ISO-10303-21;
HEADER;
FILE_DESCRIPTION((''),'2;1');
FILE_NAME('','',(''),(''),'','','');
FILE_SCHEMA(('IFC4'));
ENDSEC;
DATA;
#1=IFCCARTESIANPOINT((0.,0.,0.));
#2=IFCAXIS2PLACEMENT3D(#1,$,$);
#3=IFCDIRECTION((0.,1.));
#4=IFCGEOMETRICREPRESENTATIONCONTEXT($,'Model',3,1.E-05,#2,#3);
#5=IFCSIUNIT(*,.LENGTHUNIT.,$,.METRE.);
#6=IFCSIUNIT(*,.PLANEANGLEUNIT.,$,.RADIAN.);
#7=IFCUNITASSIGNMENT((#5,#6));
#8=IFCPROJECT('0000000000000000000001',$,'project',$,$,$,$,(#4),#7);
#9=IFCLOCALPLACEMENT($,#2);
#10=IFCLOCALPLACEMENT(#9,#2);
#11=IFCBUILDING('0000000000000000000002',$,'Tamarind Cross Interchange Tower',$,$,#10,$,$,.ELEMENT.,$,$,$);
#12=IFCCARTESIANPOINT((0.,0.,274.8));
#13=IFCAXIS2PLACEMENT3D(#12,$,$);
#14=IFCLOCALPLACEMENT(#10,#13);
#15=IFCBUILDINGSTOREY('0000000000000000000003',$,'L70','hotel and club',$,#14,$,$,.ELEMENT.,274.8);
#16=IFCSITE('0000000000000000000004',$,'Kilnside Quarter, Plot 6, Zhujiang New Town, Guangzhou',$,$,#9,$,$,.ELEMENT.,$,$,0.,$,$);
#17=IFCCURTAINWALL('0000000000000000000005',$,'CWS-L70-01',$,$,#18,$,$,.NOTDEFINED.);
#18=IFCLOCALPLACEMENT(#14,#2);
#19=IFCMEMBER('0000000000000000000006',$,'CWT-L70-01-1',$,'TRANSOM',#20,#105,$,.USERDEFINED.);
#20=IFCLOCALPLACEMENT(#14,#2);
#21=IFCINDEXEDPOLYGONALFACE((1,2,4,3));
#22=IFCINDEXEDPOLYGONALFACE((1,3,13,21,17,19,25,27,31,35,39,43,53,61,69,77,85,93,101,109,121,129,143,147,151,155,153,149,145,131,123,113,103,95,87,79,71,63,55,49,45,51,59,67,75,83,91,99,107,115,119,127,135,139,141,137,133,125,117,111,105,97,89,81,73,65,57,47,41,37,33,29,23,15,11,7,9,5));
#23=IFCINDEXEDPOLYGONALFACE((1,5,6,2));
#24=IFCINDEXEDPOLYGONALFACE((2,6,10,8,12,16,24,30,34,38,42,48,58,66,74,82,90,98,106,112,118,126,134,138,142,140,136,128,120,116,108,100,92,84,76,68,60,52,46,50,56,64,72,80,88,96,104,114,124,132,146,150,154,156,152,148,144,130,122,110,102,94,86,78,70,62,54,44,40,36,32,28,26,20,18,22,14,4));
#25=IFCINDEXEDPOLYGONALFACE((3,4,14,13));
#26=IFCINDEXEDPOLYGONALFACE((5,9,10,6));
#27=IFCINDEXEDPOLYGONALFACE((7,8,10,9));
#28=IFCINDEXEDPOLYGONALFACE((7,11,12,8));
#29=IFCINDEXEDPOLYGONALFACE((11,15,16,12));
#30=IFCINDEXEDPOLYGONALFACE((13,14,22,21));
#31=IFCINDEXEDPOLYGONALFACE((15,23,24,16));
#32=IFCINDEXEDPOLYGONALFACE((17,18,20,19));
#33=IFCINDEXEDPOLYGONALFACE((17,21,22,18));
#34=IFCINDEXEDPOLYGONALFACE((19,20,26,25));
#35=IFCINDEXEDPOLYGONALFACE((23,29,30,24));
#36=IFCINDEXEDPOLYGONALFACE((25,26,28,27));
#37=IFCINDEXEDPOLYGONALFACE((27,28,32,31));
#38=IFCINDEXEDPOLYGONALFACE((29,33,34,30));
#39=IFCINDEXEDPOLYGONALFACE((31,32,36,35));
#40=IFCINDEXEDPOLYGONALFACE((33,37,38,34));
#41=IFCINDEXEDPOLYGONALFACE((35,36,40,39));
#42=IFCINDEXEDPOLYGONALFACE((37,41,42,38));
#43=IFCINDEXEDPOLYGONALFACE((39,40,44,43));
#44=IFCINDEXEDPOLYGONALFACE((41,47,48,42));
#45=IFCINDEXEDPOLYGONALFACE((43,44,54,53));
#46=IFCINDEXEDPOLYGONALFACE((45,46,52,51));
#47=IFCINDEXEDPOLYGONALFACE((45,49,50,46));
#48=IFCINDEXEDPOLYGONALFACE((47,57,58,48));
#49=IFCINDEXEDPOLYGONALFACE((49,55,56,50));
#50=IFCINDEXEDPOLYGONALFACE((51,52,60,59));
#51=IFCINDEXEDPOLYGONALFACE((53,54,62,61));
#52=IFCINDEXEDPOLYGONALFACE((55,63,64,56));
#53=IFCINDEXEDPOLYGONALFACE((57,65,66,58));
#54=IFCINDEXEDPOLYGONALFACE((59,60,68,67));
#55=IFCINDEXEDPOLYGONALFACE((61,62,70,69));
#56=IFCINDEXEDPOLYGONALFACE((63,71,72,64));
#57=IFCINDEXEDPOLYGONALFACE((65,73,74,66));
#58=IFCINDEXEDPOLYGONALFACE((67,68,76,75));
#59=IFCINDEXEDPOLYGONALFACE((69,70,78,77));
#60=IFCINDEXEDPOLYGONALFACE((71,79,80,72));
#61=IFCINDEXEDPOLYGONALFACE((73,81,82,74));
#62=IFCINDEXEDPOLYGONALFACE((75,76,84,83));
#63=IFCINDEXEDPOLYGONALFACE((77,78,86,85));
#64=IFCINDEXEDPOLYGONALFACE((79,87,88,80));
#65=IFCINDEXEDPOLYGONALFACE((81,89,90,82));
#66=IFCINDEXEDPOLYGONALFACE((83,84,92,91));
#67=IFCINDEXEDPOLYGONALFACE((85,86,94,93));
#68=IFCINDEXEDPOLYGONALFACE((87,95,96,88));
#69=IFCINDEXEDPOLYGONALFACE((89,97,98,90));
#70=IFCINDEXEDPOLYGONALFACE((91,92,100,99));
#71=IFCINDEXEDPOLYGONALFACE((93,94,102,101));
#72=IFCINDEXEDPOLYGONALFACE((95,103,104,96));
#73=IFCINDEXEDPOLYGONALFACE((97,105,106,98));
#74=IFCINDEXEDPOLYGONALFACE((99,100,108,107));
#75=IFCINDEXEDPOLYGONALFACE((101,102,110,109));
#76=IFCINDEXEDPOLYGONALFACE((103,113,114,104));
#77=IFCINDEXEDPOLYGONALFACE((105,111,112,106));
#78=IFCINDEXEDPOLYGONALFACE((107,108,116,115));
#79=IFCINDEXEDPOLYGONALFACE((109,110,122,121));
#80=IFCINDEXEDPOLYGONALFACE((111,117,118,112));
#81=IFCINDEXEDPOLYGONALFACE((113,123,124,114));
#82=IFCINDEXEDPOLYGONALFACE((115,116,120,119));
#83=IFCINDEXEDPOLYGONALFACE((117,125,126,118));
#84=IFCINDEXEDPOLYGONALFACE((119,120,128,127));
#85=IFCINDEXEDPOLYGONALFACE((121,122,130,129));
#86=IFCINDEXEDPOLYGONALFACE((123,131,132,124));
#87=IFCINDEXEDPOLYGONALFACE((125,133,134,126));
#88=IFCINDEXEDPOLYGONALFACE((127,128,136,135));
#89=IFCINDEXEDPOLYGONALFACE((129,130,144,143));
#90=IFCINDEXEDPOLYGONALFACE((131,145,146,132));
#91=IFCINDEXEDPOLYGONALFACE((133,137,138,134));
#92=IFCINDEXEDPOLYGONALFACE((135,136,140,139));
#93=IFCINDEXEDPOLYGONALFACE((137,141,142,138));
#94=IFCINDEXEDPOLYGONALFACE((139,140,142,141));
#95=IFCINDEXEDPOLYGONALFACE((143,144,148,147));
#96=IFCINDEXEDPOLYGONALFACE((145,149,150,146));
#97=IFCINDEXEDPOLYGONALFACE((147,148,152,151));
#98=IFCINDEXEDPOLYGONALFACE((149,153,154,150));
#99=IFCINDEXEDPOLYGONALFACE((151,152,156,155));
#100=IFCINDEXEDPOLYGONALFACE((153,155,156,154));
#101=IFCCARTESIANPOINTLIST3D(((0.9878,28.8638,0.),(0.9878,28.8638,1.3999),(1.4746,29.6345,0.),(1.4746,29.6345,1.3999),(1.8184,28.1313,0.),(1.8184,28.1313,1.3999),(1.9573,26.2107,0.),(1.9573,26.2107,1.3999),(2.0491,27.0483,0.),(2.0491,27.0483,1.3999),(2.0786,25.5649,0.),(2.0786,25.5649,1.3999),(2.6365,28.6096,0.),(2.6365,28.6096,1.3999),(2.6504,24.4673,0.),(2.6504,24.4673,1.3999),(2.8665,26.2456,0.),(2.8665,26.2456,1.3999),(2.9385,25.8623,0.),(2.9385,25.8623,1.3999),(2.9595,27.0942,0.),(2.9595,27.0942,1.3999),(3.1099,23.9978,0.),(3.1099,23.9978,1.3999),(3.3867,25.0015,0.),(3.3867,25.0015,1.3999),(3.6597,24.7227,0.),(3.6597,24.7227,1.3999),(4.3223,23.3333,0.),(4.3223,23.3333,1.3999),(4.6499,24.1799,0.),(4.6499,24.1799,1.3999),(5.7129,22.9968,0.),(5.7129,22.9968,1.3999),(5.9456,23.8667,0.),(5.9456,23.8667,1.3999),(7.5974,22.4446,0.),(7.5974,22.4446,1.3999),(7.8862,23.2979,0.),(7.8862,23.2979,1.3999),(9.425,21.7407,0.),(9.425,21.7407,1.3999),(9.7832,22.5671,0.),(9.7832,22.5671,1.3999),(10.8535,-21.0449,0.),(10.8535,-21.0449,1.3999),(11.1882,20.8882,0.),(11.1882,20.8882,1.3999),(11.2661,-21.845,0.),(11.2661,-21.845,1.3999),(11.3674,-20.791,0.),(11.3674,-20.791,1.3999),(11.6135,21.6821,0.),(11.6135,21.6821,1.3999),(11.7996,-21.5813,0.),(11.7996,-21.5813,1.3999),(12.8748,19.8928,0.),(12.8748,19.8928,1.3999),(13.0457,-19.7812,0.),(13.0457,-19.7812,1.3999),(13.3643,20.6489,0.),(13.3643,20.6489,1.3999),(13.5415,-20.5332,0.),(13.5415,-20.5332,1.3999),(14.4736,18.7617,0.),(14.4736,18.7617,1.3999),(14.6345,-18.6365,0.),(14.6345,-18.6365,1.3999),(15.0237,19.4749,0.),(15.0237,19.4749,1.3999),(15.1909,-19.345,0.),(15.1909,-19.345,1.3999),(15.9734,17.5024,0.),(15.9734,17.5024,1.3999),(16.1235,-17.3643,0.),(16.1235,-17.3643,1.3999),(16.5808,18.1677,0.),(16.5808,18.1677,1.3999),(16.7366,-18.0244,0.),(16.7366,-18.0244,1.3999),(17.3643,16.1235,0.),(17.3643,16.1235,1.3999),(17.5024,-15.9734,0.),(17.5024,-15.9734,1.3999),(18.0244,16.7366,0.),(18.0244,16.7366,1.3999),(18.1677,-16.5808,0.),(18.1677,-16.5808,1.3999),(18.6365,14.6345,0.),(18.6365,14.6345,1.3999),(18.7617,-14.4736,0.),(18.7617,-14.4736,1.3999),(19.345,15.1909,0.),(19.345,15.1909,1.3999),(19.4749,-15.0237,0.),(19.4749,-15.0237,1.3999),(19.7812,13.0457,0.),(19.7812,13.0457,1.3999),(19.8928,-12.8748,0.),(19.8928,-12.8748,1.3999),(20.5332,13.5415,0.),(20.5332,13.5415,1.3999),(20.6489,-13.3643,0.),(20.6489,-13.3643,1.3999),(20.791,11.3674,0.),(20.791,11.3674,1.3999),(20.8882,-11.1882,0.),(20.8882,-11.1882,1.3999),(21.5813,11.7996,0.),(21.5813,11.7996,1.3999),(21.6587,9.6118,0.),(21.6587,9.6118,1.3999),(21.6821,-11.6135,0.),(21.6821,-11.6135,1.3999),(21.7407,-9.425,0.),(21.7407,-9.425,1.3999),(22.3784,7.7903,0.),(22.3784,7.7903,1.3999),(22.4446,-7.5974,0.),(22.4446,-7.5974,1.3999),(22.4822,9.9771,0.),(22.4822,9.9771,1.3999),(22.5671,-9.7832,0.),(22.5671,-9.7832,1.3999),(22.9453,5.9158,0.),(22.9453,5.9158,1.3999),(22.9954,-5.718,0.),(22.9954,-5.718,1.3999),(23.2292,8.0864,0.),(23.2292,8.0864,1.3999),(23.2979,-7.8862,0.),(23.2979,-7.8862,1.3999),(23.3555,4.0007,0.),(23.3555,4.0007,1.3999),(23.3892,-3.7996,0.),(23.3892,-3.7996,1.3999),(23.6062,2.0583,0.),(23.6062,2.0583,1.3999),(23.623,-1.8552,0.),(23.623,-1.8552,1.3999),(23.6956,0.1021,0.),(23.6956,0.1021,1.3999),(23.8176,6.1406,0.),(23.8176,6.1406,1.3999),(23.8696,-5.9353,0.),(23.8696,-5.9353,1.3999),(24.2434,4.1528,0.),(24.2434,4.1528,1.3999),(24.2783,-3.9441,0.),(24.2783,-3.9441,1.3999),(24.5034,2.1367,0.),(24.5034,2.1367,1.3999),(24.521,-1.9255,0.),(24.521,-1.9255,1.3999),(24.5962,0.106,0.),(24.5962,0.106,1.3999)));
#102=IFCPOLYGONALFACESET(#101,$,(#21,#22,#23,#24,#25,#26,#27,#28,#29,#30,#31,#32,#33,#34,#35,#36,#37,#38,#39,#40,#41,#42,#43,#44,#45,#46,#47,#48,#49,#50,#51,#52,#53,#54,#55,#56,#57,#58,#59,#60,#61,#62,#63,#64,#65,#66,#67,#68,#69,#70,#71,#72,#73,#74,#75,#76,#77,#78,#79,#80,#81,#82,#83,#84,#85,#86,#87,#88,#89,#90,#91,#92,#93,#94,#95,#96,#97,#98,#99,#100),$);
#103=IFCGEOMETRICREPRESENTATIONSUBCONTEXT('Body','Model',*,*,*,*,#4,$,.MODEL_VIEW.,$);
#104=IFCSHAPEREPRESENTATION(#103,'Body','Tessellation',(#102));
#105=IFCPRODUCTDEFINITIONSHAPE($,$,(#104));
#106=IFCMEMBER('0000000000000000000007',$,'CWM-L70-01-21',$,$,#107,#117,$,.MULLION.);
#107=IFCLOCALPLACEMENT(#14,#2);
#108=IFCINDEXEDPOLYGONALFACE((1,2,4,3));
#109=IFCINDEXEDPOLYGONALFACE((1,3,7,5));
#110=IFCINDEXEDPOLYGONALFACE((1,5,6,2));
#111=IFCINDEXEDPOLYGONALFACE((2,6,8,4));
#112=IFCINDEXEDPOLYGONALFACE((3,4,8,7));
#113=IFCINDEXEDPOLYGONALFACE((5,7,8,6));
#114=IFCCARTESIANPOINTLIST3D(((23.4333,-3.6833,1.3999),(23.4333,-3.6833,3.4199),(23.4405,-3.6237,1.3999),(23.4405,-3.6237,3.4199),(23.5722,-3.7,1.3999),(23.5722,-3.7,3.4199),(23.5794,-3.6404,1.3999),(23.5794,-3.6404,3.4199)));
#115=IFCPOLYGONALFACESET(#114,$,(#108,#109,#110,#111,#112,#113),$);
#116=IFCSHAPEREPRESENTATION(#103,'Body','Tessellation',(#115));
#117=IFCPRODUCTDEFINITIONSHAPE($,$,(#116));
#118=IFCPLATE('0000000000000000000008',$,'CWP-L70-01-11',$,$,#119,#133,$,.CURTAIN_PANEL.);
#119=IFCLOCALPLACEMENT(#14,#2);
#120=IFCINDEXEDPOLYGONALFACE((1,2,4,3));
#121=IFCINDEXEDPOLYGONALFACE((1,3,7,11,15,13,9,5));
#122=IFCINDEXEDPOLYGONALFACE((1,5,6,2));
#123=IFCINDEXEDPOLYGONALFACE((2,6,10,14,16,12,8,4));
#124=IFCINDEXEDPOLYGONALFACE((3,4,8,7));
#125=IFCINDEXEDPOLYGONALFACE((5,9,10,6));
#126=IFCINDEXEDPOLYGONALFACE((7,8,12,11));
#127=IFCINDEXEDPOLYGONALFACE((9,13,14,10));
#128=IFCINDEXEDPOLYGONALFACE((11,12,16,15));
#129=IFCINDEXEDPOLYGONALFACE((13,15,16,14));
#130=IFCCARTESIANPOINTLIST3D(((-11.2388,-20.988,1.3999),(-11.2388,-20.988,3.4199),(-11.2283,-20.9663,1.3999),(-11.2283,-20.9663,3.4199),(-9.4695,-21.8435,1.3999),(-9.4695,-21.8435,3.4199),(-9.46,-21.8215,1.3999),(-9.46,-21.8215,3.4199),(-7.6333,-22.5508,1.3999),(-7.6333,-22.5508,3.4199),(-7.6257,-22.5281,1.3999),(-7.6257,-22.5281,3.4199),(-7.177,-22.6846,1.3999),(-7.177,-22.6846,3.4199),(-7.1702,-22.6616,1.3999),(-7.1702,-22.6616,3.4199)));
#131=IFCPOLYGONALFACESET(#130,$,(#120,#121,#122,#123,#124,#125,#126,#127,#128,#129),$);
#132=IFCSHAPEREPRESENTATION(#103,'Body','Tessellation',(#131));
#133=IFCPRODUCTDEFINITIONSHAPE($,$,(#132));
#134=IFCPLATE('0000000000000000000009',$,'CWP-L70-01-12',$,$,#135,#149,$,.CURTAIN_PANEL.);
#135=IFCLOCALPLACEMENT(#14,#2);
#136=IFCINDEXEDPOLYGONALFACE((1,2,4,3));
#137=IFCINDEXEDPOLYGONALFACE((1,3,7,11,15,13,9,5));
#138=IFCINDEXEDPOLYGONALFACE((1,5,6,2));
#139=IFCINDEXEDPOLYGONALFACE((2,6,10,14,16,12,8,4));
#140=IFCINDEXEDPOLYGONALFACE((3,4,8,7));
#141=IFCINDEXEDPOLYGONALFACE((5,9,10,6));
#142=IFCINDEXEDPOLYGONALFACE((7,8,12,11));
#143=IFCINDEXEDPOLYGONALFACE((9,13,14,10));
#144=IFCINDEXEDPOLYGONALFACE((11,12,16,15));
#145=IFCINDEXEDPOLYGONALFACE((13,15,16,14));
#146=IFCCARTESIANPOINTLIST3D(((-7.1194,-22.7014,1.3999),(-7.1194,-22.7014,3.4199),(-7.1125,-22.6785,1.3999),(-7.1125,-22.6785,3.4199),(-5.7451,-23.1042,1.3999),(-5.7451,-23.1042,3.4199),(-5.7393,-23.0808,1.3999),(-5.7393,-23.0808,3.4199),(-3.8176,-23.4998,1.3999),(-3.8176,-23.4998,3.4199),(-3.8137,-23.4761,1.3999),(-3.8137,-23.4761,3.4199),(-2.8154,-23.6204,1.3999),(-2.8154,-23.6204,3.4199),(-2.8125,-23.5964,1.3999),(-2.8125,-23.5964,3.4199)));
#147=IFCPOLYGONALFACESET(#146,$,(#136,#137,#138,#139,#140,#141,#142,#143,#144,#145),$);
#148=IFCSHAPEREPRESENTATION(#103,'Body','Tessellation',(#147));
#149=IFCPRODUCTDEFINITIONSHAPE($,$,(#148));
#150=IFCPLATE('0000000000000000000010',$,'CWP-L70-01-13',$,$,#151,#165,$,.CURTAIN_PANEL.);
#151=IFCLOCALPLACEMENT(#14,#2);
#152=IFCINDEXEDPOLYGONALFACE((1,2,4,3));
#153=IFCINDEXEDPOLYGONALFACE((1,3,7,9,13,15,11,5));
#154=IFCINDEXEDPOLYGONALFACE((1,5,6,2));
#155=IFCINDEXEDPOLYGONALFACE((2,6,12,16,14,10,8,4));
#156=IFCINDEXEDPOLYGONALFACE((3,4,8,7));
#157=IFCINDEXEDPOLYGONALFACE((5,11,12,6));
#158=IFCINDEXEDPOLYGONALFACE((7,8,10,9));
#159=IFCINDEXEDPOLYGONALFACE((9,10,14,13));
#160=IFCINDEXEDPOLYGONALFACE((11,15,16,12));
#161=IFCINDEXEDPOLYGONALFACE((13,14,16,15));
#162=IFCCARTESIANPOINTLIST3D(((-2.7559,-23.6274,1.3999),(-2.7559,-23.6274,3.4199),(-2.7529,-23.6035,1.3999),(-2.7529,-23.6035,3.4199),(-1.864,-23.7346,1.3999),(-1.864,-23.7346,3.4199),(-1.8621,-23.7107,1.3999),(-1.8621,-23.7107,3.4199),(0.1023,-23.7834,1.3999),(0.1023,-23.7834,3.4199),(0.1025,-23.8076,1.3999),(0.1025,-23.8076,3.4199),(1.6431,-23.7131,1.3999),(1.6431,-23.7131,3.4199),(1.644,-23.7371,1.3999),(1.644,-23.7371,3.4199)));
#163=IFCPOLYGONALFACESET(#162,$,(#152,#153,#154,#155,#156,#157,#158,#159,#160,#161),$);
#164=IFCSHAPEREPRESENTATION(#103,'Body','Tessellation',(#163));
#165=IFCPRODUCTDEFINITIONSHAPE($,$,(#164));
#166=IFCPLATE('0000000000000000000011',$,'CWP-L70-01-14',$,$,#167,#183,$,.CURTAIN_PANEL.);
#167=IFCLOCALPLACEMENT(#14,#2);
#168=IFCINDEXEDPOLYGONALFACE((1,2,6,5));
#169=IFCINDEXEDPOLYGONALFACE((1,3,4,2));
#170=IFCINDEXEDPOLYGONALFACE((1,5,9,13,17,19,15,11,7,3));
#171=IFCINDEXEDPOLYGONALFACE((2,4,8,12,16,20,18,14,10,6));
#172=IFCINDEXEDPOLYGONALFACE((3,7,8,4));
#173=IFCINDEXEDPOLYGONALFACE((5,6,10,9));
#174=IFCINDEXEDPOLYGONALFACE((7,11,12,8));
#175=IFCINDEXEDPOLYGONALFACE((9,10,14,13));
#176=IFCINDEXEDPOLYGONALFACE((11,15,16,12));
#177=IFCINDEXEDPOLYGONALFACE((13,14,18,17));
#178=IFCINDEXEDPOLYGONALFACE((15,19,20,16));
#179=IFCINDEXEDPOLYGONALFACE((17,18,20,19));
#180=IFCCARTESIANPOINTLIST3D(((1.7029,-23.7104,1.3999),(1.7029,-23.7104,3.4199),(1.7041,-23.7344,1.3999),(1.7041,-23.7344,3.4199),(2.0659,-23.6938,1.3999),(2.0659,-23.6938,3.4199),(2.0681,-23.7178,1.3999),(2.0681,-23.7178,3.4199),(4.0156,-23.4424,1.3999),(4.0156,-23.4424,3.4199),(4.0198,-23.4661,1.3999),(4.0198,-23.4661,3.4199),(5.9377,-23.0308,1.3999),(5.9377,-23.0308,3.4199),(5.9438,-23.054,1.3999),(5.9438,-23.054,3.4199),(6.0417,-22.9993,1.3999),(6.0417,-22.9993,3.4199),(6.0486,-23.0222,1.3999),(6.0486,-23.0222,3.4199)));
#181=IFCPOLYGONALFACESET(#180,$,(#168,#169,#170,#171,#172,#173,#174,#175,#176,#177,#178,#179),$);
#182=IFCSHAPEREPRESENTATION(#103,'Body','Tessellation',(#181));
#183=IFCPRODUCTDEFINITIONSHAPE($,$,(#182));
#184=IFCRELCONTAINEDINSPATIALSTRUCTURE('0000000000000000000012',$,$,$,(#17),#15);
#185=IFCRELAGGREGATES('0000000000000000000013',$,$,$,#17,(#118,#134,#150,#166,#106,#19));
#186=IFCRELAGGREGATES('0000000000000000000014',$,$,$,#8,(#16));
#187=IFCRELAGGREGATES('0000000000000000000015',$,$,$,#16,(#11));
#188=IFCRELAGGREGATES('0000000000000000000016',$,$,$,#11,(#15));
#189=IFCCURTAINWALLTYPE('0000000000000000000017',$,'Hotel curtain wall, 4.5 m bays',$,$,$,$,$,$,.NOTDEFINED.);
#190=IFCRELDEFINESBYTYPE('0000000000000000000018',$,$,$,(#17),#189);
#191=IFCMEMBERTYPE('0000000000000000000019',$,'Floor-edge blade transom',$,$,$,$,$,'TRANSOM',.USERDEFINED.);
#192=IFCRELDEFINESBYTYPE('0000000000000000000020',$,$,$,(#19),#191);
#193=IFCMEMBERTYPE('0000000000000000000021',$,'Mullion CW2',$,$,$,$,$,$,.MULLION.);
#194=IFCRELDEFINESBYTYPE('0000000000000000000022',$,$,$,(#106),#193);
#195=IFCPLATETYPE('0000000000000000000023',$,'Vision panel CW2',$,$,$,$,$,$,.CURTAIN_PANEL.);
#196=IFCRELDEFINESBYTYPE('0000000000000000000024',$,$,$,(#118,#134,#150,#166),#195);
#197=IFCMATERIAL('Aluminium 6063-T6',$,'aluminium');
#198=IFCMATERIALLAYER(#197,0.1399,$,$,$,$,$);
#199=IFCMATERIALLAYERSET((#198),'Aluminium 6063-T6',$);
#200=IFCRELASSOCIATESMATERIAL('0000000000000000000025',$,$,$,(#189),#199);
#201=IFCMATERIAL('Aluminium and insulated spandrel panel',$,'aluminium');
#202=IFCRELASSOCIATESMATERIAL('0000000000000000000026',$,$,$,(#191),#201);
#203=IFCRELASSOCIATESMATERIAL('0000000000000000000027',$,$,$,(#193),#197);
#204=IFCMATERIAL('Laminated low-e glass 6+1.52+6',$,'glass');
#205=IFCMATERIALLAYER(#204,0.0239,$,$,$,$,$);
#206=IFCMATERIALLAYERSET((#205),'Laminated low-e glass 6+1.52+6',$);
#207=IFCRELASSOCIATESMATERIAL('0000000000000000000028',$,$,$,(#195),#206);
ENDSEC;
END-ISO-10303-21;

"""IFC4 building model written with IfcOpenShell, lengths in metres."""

from ifc_helpers import new_model, si_unit, direction, frame, origin, origin_2d, place, context, subcontext, project, spatial, polyline, rectangle, outline, extrude, material, layer, layer_set, material_profile, profile_set, type_object, element, aggregate, save


model = new_model("IFC4")

# Units and contexts
model_context = context("Model", 3, precision=1e-05, world=origin(), true_north=direction((0.0, 1.0)))
body_context = subcontext(model_context, "Body", "Model", "MODEL_VIEW")
ifc_project = project(units=[si_unit("LENGTHUNIT", "METRE"), si_unit("PLANEANGLEUNIT", "RADIAN")], contexts=[model_context])

# Site, building, storey
site_placement = place(None, origin())
site = spatial("IfcSite", under=ifc_project, at=site_placement, Name="Kilnside Quarter, Plot 6, Zhujiang New Town, Guangzhou", CompositionType="ELEMENT", RefElevation=0.0)
building_placement = place(site_placement, origin())
building = spatial("IfcBuilding", under=site, at=building_placement, Name="Tamarind Cross Interchange Tower", CompositionType="ELEMENT")
storey_placement = place(building_placement, frame((0.0, 0.0, 274.8)))
storey = spatial("IfcBuildingStorey", under=building, at=storey_placement, Name="L70", Description="hotel and club", CompositionType="ELEMENT", Elevation=274.8)

# Curtain wall, members, plates
ifc_material_1 = material(Name="Aluminium 6063-T6", Category="aluminium")
ifc_layer_1 = layer(ifc_material_1, 0.1399)
ifc_layer_set_1 = layer_set([ifc_layer_1], Name="Aluminium 6063-T6")
curtain_wall_type = type_object("IfcCurtainWallType", Name="Hotel curtain wall, 4.5 m bays", PredefinedType="NOTDEFINED", material=ifc_layer_set_1)
curtain_wall_placement = place(storey_placement, origin())
curtain_wall = element("IfcCurtainWall", 1, at=curtain_wall_placement, inside=storey, type_object=curtain_wall_type, Name="CWS-L70-01", PredefinedType="NOTDEFINED")
ifc_material_2 = material(Name="Aluminium and insulated spandrel panel", Category="aluminium")
member_type_1 = type_object("IfcMemberType", Name="Floor-edge blade transom", ElementType="TRANSOM", PredefinedType="USERDEFINED", material=ifc_material_2)
member_1_placement = place(storey_placement, origin())
member_1 = element("IfcMember", 2, at=member_1_placement, type_object=member_type_1, Name="CWT-L70-01-1", ObjectType="TRANSOM", PredefinedType="USERDEFINED", context=body_context, shape_type="SweptSolid", body=[
    extrude(outline(polyline([(10.8535, -21.0449), (11.3674, -20.791), (13.0457, -19.7812), (14.6345, -18.6365), (16.1235, -17.3643), (17.5024, -15.9734), (18.7617, -14.4736), (19.8928, -12.8748), (20.8882, -11.1882), (21.7407, -9.425), (22.4446, -7.5974), (22.9954, -5.718), (23.3892, -3.7996), (23.623, -1.8552), (23.6956, 0.1021), (23.6062, 2.0583), (23.3555, 4.0007), (22.9453, 5.9158), (22.3784, 7.7903), (21.6587, 9.6118), (20.791, 11.3674), (19.7812, 13.0457), (18.6365, 14.6345), (17.3643, 16.1235), (15.9734, 17.5024), (14.4736, 18.7617), (12.8748, 19.8928), (11.1882, 20.8882), (9.425, 21.7407), (7.5974, 22.4446), (5.7129, 22.9968), (4.3223, 23.3333), (3.1099, 23.9978), (2.6504, 24.4673), (2.0786, 25.5649), (1.9573, 26.2107), (2.0491, 27.0483), (1.8184, 28.1313), (0.9878, 28.8638), (1.4746, 29.6345), (2.6365, 28.6096), (2.9595, 27.0942), (2.8665, 26.2456), (2.9385, 25.8623), (3.3867, 25.0015), (3.6597, 24.7227), (4.6499, 24.1799), (5.9456, 23.8667), (7.8862, 23.2979), (9.7832, 22.5671), (11.6135, 21.6821), (13.3643, 20.6489), (15.0237, 19.4749), (16.5808, 18.1677), (18.0244, 16.7366), (19.345, 15.1909), (20.5332, 13.5415), (21.5813, 11.7996), (22.4822, 9.9771), (23.2292, 8.0864), (23.8176, 6.1406), (24.2434, 4.1528), (24.5034, 2.1367), (24.5962, 0.106), (24.521, -1.9255), (24.2783, -3.9441), (23.8696, -5.9353), (23.2979, -7.8862), (22.5671, -9.7832), (21.6821, -11.6135), (20.6489, -13.3643), (19.4749, -15.0237), (18.1677, -16.5808), (16.7366, -18.0244), (15.1909, -19.345), (13.5415, -20.5332), (11.7996, -21.5813), (11.2661, -21.845), (10.8535, -21.0449)])), origin(), (0.0, 0.0, 1.0), 1.3999),
])
ifc_material_profile_1 = material_profile(ifc_material_1, rectangle(XDim=0.0601, YDim=0.1399, at=origin_2d()), Name="Mullion CW2")
ifc_profile_set_1 = profile_set([ifc_material_profile_1], Name="Aluminium 6063-T6")
member_type_2 = type_object("IfcMemberType", Name="Mullion CW2", PredefinedType="MULLION", material=ifc_profile_set_1)
member_2_placement = place(storey_placement, frame((23.5063, -3.6619, 1.3999), z_axis=(0.0, 0.0, 1.0), x_axis=(0.119421, 0.992844, 0.0)))
member_2 = element("IfcMember", 3, at=member_2_placement, type_object=member_type_2, Name="CWM-L70-01-21", PredefinedType="MULLION", context=body_context, shape_type="SweptSolid", body=[
    extrude(rectangle(XDim=0.0601, YDim=0.1399, at=origin_2d()), origin(), (0.0, 0.0, 1.0), 2.02),
])
ifc_material_3 = material(Name="Laminated low-e glass 6+1.52+6", Category="glass")
ifc_layer_2 = layer(ifc_material_3, 0.0239)
ifc_layer_set_2 = layer_set([ifc_layer_2], Name="Laminated low-e glass 6+1.52+6")
plate_type = type_object("IfcPlateType", Name="Vision panel CW2", PredefinedType="CURTAIN_PANEL", material=ifc_layer_set_2)
plate_1_placement = place(storey_placement, frame((0.0, 0.0, 1.3999)))
plate_1 = element("IfcPlate", 4, at=plate_1_placement, type_object=plate_type, Name="CWP-L70-01-11", PredefinedType="CURTAIN_PANEL", context=body_context, shape_type="SweptSolid", body=[
    extrude(outline(polyline([(-11.2283, -20.9663), (-9.46, -21.8215), (-7.6257, -22.5281), (-7.1702, -22.6616), (-7.177, -22.6846), (-7.6333, -22.5508), (-9.4695, -21.8435), (-11.2388, -20.988), (-11.2283, -20.9663)])), origin(), (0.0, 0.0, 1.0), 2.02),
])
plate_2_placement = place(storey_placement, frame((0.0, 0.0, 1.3999)))
plate_2 = element("IfcPlate", 5, at=plate_2_placement, type_object=plate_type, Name="CWP-L70-01-12", PredefinedType="CURTAIN_PANEL", context=body_context, shape_type="SweptSolid", body=[
    extrude(outline(polyline([(-7.1125, -22.6785), (-5.7393, -23.0808), (-3.8137, -23.4761), (-2.8125, -23.5964), (-2.8154, -23.6204), (-3.8176, -23.4998), (-5.7451, -23.1042), (-7.1194, -22.7014), (-7.1125, -22.6785)])), origin(), (0.0, 0.0, 1.0), 2.02),
])
plate_3_placement = place(storey_placement, frame((0.0, 0.0, 1.3999)))
plate_3 = element("IfcPlate", 6, at=plate_3_placement, type_object=plate_type, Name="CWP-L70-01-13", PredefinedType="CURTAIN_PANEL", context=body_context, shape_type="SweptSolid", body=[
    extrude(outline(polyline([(-2.7529, -23.6035), (-1.8621, -23.7107), (0.1023, -23.7834), (1.6431, -23.7131), (1.644, -23.7371), (0.1025, -23.8076), (-1.864, -23.7346), (-2.7559, -23.6274), (-2.7529, -23.6035)])), origin(), (0.0, 0.0, 1.0), 2.02),
])
plate_4_placement = place(storey_placement, frame((0.0, 0.0, 1.3999)))
plate_4 = element("IfcPlate", 7, at=plate_4_placement, type_object=plate_type, Name="CWP-L70-01-14", PredefinedType="CURTAIN_PANEL", context=body_context, shape_type="SweptSolid", body=[
    extrude(outline(polyline([(1.7029, -23.7104), (2.0659, -23.6938), (4.0156, -23.4424), (5.9377, -23.0308), (6.0417, -22.9993), (6.0486, -23.0222), (5.9438, -23.054), (4.0198, -23.4661), (2.0681, -23.7178), (1.7041, -23.7344), (1.7029, -23.7104)])), origin(), (0.0, 0.0, 1.0), 2.02),
])
aggregate(curtain_wall, [plate_1, plate_2, plate_3, plate_4, member_2, member_1])

save(model, "model.ifc")
